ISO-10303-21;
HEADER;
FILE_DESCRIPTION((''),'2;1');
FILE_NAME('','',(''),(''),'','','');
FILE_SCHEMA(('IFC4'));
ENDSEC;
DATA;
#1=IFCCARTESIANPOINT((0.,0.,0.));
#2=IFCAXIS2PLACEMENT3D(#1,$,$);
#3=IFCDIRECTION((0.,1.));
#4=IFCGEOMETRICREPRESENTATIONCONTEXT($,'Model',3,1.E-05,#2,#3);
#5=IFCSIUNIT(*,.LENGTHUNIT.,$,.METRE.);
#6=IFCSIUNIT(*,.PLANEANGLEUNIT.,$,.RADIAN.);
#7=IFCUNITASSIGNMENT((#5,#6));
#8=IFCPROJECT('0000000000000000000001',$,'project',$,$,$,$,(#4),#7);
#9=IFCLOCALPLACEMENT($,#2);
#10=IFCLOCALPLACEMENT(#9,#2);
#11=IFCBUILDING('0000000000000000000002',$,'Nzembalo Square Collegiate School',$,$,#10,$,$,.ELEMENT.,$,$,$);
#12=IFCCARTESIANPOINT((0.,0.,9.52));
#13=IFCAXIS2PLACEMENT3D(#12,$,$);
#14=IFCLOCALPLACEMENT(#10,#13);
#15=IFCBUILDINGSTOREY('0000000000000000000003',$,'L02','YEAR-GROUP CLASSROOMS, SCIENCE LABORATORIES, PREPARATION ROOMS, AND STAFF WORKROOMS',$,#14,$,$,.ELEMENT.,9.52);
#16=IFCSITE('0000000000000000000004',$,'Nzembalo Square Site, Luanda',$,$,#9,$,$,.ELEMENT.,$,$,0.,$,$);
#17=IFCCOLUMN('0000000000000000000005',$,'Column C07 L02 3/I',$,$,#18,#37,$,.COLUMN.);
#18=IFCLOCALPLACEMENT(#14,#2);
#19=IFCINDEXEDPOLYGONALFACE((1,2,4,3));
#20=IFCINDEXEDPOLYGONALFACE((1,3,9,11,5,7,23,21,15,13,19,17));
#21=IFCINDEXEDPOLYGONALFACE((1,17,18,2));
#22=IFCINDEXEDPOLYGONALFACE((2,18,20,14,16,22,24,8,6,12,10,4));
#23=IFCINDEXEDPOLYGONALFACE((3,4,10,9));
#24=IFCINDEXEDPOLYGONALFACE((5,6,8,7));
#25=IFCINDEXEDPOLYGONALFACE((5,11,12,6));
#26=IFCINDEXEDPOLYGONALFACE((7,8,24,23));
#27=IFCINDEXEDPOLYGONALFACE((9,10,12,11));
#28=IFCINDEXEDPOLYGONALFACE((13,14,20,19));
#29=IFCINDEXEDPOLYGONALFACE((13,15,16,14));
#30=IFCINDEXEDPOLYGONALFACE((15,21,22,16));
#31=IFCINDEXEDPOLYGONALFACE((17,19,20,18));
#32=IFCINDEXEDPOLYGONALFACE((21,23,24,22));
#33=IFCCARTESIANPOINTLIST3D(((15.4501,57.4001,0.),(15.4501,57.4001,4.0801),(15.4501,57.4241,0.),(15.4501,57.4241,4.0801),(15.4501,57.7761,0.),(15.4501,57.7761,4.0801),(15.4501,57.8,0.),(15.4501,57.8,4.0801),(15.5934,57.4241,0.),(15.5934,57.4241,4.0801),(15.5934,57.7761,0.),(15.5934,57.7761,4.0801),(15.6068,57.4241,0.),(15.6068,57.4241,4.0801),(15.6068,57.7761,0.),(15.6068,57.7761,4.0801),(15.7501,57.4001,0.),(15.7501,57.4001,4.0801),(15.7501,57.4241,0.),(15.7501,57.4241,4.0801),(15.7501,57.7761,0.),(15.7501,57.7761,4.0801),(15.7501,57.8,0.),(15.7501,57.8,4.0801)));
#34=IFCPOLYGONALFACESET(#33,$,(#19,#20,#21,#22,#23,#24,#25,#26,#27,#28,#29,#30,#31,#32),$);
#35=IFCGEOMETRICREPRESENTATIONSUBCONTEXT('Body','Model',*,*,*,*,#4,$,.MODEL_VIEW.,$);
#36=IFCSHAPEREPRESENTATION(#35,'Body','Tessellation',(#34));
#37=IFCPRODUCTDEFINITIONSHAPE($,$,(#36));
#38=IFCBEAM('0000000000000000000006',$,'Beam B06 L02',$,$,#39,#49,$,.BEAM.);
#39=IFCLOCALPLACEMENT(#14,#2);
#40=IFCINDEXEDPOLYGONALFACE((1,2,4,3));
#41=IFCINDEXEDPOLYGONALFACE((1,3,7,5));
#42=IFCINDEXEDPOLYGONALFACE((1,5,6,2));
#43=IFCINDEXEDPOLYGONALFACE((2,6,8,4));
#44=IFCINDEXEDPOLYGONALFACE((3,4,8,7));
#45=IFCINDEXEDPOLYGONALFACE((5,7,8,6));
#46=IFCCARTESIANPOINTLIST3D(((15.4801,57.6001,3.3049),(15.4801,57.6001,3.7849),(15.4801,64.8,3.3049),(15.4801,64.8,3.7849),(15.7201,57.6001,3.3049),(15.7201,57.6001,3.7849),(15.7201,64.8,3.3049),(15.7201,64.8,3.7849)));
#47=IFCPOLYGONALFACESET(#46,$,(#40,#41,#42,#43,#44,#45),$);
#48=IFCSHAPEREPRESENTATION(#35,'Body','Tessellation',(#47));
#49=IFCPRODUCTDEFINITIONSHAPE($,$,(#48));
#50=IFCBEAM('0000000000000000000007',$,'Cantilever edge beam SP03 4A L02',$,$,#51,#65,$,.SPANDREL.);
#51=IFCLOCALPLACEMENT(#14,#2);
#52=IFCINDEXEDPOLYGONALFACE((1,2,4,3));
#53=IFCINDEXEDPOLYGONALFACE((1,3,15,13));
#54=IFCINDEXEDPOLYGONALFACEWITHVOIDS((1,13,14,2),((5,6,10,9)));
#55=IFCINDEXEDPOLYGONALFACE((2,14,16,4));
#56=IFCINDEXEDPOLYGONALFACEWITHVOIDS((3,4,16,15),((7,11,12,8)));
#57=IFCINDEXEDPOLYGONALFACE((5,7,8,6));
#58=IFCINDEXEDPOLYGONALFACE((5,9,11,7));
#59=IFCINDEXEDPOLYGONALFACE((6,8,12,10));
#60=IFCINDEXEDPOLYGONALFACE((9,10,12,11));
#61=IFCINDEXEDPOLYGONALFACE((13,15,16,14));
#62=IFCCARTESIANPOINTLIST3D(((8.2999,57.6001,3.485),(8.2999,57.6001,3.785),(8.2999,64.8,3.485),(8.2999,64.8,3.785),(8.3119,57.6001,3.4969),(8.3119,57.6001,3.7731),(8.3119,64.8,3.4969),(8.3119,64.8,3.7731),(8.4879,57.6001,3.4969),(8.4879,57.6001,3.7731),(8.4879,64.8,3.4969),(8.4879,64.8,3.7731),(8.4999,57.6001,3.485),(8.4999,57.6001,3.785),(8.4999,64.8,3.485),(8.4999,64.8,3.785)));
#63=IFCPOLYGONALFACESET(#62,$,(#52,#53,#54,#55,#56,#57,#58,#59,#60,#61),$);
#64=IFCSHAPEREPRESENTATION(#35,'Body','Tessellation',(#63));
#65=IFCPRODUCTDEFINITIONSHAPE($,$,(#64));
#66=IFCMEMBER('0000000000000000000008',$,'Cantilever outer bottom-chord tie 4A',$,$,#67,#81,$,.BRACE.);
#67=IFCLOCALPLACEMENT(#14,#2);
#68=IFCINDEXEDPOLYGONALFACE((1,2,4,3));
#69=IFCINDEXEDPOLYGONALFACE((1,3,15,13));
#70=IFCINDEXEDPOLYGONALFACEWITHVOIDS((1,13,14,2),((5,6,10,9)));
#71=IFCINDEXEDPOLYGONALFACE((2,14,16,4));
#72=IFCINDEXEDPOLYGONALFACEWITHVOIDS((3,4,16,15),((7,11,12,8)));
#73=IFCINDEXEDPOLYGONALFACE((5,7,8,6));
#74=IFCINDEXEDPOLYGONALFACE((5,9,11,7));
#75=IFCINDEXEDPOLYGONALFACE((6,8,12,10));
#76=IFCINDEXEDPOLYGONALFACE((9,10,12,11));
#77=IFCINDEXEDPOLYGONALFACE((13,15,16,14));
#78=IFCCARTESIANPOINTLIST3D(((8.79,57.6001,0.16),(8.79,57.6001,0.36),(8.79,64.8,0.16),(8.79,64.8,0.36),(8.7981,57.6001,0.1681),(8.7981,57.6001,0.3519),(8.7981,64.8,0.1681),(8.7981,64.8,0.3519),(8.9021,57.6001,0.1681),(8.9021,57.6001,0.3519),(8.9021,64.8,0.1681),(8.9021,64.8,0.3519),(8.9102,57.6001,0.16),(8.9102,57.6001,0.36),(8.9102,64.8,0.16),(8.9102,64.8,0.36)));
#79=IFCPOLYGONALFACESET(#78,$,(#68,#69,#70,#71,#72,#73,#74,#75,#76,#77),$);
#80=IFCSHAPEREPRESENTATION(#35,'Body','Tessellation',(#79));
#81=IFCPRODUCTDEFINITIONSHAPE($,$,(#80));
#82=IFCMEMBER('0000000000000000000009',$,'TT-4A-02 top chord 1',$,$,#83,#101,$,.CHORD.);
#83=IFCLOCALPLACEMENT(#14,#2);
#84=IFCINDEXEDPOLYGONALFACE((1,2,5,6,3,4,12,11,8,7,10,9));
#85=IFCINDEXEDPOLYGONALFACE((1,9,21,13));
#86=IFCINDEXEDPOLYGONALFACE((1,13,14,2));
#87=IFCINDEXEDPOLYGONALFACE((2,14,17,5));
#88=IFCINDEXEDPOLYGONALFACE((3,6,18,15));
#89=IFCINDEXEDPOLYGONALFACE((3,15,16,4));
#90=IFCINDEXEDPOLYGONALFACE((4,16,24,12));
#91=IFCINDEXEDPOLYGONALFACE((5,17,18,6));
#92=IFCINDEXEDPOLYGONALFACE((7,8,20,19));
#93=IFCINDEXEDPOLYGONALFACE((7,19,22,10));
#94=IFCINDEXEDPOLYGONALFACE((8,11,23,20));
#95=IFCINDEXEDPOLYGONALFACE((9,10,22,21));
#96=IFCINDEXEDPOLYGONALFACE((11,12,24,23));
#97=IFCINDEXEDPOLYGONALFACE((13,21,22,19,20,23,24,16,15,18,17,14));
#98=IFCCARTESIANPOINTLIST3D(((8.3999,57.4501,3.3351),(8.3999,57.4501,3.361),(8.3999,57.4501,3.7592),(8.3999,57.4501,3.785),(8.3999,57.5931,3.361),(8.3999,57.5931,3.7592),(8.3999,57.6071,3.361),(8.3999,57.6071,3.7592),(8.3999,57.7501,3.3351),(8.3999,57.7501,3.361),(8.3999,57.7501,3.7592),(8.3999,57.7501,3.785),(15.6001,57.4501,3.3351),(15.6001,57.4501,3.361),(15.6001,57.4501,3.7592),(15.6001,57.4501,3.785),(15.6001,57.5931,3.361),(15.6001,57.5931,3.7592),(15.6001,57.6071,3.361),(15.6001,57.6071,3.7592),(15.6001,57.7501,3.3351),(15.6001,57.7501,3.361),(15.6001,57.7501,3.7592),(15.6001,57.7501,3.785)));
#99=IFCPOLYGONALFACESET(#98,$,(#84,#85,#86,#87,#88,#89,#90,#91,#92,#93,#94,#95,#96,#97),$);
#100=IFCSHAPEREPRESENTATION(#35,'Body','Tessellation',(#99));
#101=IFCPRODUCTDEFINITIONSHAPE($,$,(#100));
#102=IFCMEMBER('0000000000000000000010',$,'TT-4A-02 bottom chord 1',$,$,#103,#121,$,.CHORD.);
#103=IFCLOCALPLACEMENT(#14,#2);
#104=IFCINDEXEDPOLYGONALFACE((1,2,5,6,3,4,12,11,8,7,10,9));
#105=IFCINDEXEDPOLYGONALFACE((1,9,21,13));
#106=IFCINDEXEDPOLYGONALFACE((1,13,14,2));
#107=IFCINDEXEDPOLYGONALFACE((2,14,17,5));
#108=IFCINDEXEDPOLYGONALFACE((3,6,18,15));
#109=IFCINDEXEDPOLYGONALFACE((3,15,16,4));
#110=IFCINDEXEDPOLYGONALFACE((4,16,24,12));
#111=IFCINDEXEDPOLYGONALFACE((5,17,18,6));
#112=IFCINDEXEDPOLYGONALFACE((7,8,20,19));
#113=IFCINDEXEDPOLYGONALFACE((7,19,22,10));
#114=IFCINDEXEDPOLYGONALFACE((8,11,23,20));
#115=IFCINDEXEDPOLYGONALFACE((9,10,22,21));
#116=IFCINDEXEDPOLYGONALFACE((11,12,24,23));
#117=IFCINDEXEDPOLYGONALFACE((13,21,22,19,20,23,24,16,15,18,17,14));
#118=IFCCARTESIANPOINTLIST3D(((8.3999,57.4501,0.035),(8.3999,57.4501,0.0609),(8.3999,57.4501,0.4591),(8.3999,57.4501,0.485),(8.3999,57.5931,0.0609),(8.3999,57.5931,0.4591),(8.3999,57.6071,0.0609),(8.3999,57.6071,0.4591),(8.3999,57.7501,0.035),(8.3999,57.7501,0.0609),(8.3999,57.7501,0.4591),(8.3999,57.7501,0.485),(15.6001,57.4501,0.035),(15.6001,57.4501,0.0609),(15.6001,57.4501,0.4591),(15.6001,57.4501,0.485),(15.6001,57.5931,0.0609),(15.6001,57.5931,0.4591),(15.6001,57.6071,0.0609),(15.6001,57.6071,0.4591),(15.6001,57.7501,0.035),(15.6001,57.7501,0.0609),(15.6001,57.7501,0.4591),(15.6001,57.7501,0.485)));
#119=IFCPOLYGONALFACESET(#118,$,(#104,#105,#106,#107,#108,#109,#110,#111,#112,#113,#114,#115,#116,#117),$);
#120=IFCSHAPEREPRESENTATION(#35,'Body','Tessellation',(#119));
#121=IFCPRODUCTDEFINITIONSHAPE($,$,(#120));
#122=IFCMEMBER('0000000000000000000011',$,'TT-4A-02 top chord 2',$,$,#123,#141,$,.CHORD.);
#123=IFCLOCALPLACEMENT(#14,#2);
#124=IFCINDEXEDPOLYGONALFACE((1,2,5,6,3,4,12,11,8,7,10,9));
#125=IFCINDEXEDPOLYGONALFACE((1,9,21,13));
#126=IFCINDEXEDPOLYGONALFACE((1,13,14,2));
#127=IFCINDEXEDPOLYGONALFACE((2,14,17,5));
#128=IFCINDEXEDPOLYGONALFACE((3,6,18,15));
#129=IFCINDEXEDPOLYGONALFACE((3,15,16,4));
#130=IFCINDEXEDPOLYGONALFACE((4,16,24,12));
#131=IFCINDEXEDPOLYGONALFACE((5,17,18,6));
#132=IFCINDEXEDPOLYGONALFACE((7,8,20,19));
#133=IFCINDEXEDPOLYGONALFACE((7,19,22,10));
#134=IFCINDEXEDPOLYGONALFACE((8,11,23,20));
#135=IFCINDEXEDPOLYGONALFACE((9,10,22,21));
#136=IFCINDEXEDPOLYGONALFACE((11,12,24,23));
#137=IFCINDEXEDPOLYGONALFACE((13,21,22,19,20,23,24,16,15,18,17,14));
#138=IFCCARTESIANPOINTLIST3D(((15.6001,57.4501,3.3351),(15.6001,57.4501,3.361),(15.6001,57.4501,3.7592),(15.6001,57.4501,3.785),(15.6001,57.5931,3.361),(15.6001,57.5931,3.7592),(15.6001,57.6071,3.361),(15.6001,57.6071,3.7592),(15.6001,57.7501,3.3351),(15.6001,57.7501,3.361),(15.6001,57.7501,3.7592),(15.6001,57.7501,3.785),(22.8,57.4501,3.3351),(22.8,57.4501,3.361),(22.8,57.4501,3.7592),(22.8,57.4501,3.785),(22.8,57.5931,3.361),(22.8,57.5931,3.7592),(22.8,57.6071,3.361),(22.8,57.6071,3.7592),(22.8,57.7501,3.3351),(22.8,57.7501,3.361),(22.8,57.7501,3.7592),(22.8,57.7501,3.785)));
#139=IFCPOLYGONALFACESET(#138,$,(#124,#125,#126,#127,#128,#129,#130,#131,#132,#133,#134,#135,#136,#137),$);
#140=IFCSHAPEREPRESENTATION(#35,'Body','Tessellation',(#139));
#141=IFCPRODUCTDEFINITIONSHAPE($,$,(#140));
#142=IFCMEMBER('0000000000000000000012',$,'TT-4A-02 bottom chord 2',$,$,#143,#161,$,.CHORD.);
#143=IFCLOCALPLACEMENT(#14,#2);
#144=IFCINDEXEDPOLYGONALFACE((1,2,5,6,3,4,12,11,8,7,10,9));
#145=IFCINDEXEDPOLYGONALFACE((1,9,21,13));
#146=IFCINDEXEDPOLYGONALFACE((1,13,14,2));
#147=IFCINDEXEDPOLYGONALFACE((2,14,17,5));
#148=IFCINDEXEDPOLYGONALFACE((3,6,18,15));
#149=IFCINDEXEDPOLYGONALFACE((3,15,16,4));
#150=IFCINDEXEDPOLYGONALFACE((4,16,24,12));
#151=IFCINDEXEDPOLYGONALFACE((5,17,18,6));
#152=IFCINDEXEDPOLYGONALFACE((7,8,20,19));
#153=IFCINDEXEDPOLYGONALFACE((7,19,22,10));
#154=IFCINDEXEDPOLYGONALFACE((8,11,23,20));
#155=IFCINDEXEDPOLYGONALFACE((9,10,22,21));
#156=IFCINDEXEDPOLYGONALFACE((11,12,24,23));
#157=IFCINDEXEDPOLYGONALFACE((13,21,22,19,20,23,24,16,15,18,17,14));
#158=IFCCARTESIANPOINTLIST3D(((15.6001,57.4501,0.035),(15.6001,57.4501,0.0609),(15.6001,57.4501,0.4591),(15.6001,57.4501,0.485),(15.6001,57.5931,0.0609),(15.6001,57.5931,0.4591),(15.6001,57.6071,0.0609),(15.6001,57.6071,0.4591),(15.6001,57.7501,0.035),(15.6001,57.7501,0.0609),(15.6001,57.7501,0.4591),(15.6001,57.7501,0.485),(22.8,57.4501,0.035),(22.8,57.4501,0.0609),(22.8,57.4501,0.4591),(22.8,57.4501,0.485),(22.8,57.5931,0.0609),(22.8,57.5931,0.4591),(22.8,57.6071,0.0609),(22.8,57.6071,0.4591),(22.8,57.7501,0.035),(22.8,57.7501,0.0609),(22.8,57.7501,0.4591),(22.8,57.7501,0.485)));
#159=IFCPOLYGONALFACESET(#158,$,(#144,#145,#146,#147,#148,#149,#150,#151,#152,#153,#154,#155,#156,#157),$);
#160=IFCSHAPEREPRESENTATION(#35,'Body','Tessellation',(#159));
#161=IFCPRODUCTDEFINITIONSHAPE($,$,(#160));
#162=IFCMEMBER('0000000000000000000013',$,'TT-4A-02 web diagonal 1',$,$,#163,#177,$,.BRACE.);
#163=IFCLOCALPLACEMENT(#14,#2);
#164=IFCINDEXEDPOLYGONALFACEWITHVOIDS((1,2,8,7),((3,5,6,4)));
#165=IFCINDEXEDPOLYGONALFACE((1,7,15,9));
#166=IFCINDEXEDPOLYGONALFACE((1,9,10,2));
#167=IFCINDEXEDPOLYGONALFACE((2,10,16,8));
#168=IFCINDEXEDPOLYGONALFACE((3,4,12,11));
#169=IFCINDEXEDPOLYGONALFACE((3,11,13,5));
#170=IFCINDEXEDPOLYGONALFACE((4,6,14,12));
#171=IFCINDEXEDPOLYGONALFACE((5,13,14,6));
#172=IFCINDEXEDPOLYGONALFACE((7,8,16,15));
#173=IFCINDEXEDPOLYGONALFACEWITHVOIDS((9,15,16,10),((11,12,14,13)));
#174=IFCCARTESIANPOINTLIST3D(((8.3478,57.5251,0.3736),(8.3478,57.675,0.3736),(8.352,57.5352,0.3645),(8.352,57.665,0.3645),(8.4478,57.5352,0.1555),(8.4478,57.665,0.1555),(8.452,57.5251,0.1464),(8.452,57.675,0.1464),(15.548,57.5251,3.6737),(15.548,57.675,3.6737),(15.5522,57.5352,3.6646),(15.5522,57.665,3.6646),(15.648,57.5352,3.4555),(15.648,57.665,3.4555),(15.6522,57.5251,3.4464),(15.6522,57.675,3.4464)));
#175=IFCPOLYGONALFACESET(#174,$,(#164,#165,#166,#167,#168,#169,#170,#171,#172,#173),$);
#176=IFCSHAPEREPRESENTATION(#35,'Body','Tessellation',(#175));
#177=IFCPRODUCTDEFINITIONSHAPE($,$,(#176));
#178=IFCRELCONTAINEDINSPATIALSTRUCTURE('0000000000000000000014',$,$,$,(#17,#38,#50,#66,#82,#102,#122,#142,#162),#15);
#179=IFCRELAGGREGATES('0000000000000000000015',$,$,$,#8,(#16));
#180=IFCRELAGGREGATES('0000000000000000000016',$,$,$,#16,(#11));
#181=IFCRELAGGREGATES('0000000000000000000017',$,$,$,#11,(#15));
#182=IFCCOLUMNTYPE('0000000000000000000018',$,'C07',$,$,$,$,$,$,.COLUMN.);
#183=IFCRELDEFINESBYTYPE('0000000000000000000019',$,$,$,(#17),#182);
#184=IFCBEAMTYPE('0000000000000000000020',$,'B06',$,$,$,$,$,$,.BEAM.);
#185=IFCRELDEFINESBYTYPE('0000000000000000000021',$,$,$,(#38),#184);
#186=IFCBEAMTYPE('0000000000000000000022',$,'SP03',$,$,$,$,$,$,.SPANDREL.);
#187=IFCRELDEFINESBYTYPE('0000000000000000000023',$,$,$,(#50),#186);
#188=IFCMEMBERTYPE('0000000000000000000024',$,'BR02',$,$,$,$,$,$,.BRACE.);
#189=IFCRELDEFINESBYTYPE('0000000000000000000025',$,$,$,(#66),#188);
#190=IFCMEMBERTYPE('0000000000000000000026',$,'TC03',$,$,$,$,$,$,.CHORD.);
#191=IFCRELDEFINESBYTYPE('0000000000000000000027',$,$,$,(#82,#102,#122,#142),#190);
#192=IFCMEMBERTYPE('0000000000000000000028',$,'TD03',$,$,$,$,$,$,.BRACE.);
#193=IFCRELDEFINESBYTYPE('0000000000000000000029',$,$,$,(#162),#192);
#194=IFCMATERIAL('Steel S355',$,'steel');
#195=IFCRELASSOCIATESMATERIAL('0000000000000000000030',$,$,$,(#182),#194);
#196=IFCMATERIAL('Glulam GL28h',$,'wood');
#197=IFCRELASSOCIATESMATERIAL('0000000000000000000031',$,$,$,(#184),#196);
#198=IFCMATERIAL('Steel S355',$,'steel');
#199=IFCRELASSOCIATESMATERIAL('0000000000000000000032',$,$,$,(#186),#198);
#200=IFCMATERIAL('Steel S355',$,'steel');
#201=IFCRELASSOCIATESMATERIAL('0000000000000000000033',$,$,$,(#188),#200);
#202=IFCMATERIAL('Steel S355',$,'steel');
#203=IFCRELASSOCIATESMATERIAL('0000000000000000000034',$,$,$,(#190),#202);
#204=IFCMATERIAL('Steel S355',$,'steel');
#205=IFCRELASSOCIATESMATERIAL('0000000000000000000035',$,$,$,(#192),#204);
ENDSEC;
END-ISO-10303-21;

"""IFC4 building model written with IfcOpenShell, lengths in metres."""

from ifc_helpers import new_model, si_unit, direction, frame, origin, origin_2d, place, context, subcontext, project, spatial, rectangle, hollow_rectangle, i_section, extrude, material, material_profile, profile_set, type_object, element, save


model = new_model("IFC4")

# Units and contexts
model_context = context("Model", 3, precision=1e-05, world=origin(), true_north=direction((0.0, 1.0)))
body_context = subcontext(model_context, "Body", "Model", "MODEL_VIEW")
ifc_project = project(units=[si_unit("LENGTHUNIT", "METRE"), si_unit("PLANEANGLEUNIT", "RADIAN")], contexts=[model_context])

# Site, building, storey
site_placement = place(None, origin())
site = spatial("IfcSite", under=ifc_project, at=site_placement, Name="Nzembalo Square Site, Luanda", CompositionType="ELEMENT", RefElevation=0.0)
building_placement = place(site_placement, origin())
building = spatial("IfcBuilding", under=site, at=building_placement, Name="Nzembalo Square Collegiate School", CompositionType="ELEMENT")
storey_placement = place(building_placement, frame((0.0, 0.0, 9.52)))
storey = spatial("IfcBuildingStorey", under=building, at=storey_placement, Name="L02", Description="YEAR-GROUP CLASSROOMS, SCIENCE LABORATORIES, PREPARATION ROOMS, AND STAFF WORKROOMS", CompositionType="ELEMENT", Elevation=9.52)

# Column
ifc_material_1 = material(Name="Steel S355", Category="steel")
ifc_material_profile_1 = material_profile(ifc_material_1, i_section(OverallWidth=0.3, OverallDepth=0.3999, WebThickness=0.0134, FlangeThickness=0.0239, at=origin_2d()), Name="HEB 400")
ifc_profile_set_1 = profile_set([ifc_material_profile_1], Name="Steel S355")
column_type = type_object("IfcColumnType", Name="C07", PredefinedType="COLUMN", material=ifc_profile_set_1)
column_placement = place(storey_placement, frame((15.6001, 57.6001, 0.0), z_axis=(0.0, 0.0, 1.0), x_axis=(1.0, 0.0, 0.0)))
element("IfcColumn", 1, at=column_placement, inside=storey, type_object=column_type, Name="Column C07 L02 3/I", PredefinedType="COLUMN", context=body_context, shape_type="SweptSolid", body=[
    extrude(i_section(OverallWidth=0.3, OverallDepth=0.3999, WebThickness=0.0134, FlangeThickness=0.0239, at=origin_2d()), origin(), (0.0, 0.0, 1.0), 4.0801),
])

# Beams
ifc_material_2 = material(Name="Glulam GL28h", Category="wood")
ifc_material_profile_2 = material_profile(ifc_material_2, rectangle(XDim=0.24, YDim=0.48, at=origin_2d()), Name="GL28h 240x480")
ifc_profile_set_2 = profile_set([ifc_material_profile_2], Name="Glulam GL28h")
beam_type_1 = type_object("IfcBeamType", Name="B06", PredefinedType="BEAM", material=ifc_profile_set_2)
beam_1_placement = place(storey_placement, frame((15.6001, 57.6001, 3.5449), z_axis=(0.0, 1.0, 0.0), x_axis=(-1.0, 0.0, 0.0)))
element("IfcBeam", 2, at=beam_1_placement, inside=storey, type_object=beam_type_1, Name="Beam B06 L02", PredefinedType="BEAM", context=body_context, shape_type="SweptSolid", body=[
    extrude(rectangle(XDim=0.24, YDim=0.48, at=origin_2d()), origin(), (0.0, 0.0, 1.0), 7.2),
])
ifc_material_3 = material(Name="Steel S355", Category="steel")
ifc_material_profile_3 = material_profile(ifc_material_3, hollow_rectangle(XDim=0.2, YDim=0.3, WallThickness=0.012, at=origin_2d()), Name="RHS 300x200x12")
ifc_profile_set_3 = profile_set([ifc_material_profile_3], Name="Steel S355")
beam_type_2 = type_object("IfcBeamType", Name="SP03", PredefinedType="SPANDREL", material=ifc_profile_set_3)
beam_2_placement = place(storey_placement, frame((8.3999, 57.6001, 3.635), z_axis=(0.0, 1.0, 0.0), x_axis=(-1.0, 0.0, 0.0)))
element("IfcBeam", 3, at=beam_2_placement, inside=storey, type_object=beam_type_2, Name="Cantilever edge beam SP03 4A L02", PredefinedType="SPANDREL", context=body_context, shape_type="SweptSolid", body=[
    extrude(hollow_rectangle(XDim=0.2, YDim=0.3, WallThickness=0.012, at=origin_2d()), origin(), (0.0, 0.0, 1.0), 7.2),
])

# Members
ifc_material_4 = material(Name="Steel S355", Category="steel")
ifc_material_profile_4 = material_profile(ifc_material_4, hollow_rectangle(XDim=0.1201, YDim=0.2, WallThickness=0.0081, at=origin_2d()), Name="RHS 200x120x8")
ifc_profile_set_4 = profile_set([ifc_material_profile_4], Name="Steel S355")
member_type_1 = type_object("IfcMemberType", Name="BR02", PredefinedType="BRACE", material=ifc_profile_set_4)
member_1_placement = place(storey_placement, frame((8.8501, 57.6001, 0.26), z_axis=(0.0, 1.0, 0.0), x_axis=(-1.0, 0.0, 0.0)))
element("IfcMember", 4, at=member_1_placement, inside=storey, type_object=member_type_1, Name="Cantilever outer bottom-chord tie 4A", PredefinedType="BRACE", context=body_context, shape_type="SweptSolid", body=[
    extrude(hollow_rectangle(XDim=0.1201, YDim=0.2, WallThickness=0.0081, at=origin_2d()), origin(), (0.0, 0.0, 1.0), 7.2),
])
ifc_material_5 = material(Name="Steel S355", Category="steel")
ifc_material_profile_5 = material_profile(ifc_material_5, i_section(OverallWidth=0.3, OverallDepth=0.45, WebThickness=0.0139, FlangeThickness=0.0259, at=origin_2d()), Name="HEB 450")
ifc_profile_set_5 = profile_set([ifc_material_profile_5], Name="Steel S355")
member_type_2 = type_object("IfcMemberType", Name="TC03", PredefinedType="CHORD", material=ifc_profile_set_5)
for number, where, z_axis, x_axis, name in (
    (5, (8.3999, 57.6001, 3.5601), (1.0, 0.0, 0.0), (0.0, 1.0, 0.0), "TT-4A-02 top chord 1"),
    (6, (8.3999, 57.6001, 0.26), (1.0, 0.0, 0.0), (0.0, 1.0, 0.0), "TT-4A-02 bottom chord 1"),
):
    element("IfcMember", number, at=place(storey_placement, frame(where, z_axis=z_axis, x_axis=x_axis)), inside=storey, type_object=member_type_2, Name=name, PredefinedType="CHORD", context=body_context, shape_type="SweptSolid", body=[
        extrude(i_section(OverallWidth=0.3, OverallDepth=0.45, WebThickness=0.0139, FlangeThickness=0.0259, at=origin_2d()), origin(), (0.0, 0.0, 1.0), 7.2002),
    ])
for number, where, z_axis, x_axis, name in (
    (7, (15.6001, 57.6001, 3.5601), (1.0, 0.0, 0.0), (0.0, 1.0, 0.0), "TT-4A-02 top chord 2"),
    (8, (15.6001, 57.6001, 0.26), (1.0, 0.0, 0.0), (0.0, 1.0, 0.0), "TT-4A-02 bottom chord 2"),
):
    element("IfcMember", number, at=place(storey_placement, frame(where, z_axis=z_axis, x_axis=x_axis)), inside=storey, type_object=member_type_2, Name=name, PredefinedType="CHORD", context=body_context, shape_type="SweptSolid", body=[
        extrude(i_section(OverallWidth=0.3, OverallDepth=0.45, WebThickness=0.0139, FlangeThickness=0.0259, at=origin_2d()), origin(), (0.0, 0.0, 1.0), 7.2),
    ])
ifc_material_6 = material(Name="Steel S355", Category="steel")
ifc_material_profile_6 = material_profile(ifc_material_6, hollow_rectangle(XDim=0.1499, YDim=0.25, WallThickness=0.01, at=origin_2d()), Name="RHS 250x150x10")
ifc_profile_set_6 = profile_set([ifc_material_profile_6], Name="Steel S355")
member_type_3 = type_object("IfcMemberType", Name="TD03", PredefinedType="BRACE", material=ifc_profile_set_6)
member_2_placement = place(storey_placement, frame((8.3999, 57.6001, 0.26), z_axis=(0.909067, 0.0, 0.41665), x_axis=(0.0, 1.0, 0.0)))
element("IfcMember", 9, at=member_2_placement, inside=storey, type_object=member_type_3, Name="TT-4A-02 web diagonal 1", PredefinedType="BRACE", context=body_context, shape_type="SweptSolid", body=[
    extrude(hollow_rectangle(XDim=0.1499, YDim=0.25, WallThickness=0.01, at=origin_2d()), origin(), (0.0, 0.0, 1.0), 7.9204),
])

save(model, "model.ifc")
